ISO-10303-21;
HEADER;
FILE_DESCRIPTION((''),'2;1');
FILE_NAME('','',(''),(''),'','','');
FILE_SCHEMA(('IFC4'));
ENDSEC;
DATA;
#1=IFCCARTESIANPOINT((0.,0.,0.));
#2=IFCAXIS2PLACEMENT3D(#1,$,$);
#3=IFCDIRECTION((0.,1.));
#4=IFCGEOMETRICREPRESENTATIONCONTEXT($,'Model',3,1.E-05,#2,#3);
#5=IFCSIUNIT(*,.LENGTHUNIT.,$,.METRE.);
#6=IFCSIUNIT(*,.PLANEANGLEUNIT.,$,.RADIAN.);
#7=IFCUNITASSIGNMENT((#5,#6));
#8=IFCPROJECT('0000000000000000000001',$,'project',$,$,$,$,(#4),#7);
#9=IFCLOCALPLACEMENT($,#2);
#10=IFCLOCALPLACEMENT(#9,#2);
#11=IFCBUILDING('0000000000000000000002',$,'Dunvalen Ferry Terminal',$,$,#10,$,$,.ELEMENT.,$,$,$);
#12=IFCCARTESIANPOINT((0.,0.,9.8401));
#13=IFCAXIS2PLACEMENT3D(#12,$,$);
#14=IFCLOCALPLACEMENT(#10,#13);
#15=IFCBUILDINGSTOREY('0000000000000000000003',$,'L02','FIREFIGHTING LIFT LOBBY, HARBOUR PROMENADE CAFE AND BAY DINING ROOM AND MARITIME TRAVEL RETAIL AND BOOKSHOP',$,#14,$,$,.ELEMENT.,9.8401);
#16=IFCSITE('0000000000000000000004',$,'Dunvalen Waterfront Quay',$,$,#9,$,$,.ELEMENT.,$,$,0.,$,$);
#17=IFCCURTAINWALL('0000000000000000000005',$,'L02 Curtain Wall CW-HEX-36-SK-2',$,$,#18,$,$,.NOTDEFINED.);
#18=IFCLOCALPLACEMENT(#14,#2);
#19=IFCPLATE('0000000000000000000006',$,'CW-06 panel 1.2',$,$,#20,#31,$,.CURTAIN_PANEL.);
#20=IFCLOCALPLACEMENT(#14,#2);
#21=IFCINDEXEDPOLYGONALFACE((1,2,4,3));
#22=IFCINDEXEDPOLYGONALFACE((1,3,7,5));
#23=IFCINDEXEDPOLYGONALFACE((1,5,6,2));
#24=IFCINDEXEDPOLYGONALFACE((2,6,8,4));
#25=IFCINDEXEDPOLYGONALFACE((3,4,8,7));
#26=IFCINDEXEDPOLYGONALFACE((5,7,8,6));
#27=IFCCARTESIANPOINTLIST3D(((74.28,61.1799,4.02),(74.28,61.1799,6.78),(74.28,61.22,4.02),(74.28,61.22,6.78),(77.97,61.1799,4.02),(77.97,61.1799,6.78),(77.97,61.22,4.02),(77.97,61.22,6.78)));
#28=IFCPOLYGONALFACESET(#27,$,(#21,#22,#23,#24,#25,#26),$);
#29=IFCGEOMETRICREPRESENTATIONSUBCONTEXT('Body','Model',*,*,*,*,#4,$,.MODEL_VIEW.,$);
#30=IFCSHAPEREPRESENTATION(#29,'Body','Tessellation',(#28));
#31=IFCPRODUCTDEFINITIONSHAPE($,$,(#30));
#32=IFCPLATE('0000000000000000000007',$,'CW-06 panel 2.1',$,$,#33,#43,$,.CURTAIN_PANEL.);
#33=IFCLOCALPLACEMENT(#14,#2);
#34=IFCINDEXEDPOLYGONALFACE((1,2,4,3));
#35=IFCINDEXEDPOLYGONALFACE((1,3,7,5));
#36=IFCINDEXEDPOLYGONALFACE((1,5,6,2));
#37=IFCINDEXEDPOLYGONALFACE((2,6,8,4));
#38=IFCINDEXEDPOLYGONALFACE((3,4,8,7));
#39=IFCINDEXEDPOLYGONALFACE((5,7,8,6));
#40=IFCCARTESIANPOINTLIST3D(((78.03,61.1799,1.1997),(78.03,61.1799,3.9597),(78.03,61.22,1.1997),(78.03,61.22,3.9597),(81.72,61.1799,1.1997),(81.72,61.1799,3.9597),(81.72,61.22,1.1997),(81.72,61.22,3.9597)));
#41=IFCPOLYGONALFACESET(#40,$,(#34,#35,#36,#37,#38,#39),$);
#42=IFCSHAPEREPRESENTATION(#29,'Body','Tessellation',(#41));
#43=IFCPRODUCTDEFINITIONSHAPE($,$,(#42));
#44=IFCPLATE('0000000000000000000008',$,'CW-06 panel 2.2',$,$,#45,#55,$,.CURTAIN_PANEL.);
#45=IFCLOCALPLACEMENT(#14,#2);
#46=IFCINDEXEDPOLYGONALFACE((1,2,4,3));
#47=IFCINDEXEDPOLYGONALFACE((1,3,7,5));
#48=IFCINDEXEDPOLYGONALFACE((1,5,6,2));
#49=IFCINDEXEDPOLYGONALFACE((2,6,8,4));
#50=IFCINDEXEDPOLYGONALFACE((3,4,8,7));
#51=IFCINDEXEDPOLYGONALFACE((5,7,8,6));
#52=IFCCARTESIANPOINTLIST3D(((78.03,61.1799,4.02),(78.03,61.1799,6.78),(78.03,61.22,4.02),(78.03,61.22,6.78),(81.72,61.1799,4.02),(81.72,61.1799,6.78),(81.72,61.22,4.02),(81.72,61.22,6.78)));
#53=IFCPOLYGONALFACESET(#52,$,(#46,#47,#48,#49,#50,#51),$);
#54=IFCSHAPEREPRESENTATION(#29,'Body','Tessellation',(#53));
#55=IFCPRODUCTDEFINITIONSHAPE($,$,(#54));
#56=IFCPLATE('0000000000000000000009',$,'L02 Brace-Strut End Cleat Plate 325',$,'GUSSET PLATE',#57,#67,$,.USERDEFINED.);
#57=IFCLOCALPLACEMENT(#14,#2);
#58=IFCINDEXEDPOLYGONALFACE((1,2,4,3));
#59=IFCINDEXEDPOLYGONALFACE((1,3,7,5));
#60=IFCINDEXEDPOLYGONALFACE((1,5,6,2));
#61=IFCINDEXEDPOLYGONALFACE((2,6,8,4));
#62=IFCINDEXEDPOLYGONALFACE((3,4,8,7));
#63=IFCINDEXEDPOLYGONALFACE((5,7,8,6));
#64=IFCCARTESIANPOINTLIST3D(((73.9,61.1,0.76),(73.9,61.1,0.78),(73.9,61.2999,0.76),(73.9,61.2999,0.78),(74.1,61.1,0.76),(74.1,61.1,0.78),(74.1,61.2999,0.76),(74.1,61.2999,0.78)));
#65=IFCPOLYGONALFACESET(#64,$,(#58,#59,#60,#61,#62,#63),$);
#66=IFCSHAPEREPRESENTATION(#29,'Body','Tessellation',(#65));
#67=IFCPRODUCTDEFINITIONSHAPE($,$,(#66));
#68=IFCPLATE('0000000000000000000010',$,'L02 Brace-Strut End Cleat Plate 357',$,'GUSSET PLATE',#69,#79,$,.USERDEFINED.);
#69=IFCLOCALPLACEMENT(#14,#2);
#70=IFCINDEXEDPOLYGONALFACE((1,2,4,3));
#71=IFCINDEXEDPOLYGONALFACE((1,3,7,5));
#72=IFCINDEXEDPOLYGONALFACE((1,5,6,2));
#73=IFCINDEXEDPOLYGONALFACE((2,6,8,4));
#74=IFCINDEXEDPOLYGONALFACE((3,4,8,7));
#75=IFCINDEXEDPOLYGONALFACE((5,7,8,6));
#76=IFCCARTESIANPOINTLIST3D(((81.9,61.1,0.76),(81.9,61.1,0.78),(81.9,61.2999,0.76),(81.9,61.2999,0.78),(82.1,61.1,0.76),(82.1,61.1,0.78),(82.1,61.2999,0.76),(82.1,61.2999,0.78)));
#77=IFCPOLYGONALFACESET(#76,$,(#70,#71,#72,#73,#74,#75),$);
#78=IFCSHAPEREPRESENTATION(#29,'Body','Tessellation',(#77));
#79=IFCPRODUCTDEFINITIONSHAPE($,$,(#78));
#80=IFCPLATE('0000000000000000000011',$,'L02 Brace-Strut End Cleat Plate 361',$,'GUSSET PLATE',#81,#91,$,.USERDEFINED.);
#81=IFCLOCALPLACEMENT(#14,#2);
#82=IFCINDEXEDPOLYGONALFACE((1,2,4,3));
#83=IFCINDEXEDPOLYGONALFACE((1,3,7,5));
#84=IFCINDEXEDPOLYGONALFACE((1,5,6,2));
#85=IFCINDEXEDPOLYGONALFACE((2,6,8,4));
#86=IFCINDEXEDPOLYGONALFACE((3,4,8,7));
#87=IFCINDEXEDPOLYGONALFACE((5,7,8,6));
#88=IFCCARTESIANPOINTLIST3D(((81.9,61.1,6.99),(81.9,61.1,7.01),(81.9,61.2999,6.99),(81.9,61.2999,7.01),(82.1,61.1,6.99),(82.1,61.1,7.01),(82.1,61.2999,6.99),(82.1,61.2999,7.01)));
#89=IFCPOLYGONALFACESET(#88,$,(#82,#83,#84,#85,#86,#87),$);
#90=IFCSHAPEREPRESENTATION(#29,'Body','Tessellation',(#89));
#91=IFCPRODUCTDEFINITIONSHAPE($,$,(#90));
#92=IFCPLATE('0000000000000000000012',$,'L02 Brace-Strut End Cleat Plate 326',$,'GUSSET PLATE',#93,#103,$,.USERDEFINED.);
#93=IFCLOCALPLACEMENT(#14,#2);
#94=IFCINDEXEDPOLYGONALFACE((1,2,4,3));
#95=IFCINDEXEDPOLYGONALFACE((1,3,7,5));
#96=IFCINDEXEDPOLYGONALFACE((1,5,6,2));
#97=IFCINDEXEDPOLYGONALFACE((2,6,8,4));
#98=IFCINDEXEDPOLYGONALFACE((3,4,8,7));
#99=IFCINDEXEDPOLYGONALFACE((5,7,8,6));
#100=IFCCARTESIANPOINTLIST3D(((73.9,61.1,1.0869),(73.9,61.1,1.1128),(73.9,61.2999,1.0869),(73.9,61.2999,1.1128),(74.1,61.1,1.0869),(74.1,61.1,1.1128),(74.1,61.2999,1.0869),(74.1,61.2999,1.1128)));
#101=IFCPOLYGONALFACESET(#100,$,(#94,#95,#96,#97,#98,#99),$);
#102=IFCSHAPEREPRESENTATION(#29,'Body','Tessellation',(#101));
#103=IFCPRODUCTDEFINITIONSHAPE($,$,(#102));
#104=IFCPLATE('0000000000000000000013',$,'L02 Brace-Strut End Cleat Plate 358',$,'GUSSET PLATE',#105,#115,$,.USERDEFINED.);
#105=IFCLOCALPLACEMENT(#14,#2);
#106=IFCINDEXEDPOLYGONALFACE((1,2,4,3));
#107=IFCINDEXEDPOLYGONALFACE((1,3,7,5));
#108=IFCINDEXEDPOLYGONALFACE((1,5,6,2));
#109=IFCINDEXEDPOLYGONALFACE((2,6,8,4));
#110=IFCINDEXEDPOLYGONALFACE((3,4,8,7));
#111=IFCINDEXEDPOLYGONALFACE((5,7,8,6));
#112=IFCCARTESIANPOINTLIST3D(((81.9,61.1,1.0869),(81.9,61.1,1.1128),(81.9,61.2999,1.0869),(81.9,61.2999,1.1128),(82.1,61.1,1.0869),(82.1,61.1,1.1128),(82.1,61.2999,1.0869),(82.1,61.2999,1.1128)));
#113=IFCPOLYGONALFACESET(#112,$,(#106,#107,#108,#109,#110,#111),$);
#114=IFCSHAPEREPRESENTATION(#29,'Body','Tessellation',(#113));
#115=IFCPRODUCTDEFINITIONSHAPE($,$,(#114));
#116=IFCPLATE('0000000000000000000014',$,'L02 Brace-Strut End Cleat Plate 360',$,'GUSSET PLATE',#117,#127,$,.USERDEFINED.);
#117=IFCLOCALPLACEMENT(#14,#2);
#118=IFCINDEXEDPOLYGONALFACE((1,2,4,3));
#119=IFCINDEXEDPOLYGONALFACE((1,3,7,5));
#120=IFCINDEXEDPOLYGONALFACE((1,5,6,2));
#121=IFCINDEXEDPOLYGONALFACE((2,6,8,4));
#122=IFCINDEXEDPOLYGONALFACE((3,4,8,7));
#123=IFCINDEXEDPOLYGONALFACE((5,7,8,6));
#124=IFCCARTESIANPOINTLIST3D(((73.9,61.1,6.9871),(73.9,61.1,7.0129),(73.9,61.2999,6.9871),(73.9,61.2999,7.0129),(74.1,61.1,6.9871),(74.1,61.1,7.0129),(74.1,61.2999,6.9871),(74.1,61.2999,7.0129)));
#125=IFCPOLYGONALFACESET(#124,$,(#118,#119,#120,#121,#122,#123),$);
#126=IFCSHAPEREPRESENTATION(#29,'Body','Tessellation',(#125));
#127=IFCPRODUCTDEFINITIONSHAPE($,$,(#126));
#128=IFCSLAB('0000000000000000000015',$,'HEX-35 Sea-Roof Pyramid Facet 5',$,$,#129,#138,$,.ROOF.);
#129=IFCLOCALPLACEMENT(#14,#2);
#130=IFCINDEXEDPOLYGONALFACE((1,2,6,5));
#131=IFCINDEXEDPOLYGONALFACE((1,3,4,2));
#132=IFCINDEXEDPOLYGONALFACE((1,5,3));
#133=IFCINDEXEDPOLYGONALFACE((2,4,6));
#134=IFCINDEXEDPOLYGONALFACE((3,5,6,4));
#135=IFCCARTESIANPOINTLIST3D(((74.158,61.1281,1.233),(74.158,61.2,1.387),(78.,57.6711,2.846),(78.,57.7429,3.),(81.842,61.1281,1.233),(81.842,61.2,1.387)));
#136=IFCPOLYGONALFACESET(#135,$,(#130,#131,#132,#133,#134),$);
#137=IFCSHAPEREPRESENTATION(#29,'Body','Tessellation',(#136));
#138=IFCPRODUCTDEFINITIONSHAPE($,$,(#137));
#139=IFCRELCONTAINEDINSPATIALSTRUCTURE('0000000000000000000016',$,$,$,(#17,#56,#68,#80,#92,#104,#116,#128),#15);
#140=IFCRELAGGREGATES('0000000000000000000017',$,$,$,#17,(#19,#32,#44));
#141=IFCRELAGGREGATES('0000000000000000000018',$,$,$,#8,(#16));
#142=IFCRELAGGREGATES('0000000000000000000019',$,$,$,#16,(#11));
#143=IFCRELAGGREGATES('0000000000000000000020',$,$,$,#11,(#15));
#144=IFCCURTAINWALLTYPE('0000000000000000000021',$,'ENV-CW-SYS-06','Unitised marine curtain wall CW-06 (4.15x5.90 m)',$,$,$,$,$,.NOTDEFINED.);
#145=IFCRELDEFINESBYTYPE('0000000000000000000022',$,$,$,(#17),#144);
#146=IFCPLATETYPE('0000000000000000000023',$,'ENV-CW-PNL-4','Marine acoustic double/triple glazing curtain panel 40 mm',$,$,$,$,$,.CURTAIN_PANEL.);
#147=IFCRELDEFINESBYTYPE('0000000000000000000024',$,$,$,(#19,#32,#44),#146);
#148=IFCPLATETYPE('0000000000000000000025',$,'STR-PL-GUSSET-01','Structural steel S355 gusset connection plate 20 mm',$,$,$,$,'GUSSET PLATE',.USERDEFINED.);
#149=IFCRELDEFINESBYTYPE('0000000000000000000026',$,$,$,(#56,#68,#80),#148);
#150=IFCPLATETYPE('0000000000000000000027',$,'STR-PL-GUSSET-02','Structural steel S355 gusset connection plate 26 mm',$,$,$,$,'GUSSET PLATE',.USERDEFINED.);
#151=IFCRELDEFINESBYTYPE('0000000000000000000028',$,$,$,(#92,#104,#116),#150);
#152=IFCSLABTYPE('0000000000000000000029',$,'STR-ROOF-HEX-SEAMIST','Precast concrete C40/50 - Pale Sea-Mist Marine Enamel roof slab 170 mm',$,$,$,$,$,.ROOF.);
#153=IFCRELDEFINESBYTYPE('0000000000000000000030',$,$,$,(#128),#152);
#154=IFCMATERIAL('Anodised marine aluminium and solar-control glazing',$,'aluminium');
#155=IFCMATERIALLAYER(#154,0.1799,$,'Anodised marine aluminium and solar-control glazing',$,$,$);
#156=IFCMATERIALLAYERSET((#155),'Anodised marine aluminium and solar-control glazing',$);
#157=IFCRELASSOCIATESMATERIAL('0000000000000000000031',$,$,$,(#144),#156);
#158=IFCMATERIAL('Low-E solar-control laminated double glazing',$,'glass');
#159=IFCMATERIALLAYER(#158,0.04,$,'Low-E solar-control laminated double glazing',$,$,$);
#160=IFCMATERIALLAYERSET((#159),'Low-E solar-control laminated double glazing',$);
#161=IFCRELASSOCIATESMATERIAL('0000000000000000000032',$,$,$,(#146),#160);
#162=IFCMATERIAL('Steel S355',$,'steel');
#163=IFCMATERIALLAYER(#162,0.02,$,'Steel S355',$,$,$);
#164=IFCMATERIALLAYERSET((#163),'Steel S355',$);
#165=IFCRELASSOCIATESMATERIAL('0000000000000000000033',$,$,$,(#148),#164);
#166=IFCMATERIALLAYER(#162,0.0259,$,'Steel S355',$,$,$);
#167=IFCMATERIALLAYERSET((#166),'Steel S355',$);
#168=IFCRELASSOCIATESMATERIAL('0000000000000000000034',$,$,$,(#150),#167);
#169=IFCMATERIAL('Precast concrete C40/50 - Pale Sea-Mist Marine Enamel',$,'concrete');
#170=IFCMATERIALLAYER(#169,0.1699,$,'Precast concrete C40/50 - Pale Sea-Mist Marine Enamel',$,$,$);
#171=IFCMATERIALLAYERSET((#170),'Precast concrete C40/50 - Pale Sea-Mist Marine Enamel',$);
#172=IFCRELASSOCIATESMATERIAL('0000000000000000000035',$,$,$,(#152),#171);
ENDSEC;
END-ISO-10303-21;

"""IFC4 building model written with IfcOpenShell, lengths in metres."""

from ifc_helpers import new_model, si_unit, direction, frame, origin, origin_2d, place, context, subcontext, project, spatial, polyline, rectangle, outline, extrude, material, layer, layer_set, type_object, element, aggregate, save


model = new_model("IFC4")

# Units and contexts
model_context = context("Model", 3, precision=1e-05, world=origin(), true_north=direction((0.0, 1.0)))
body_context = subcontext(model_context, "Body", "Model", "MODEL_VIEW")
ifc_project = project(units=[si_unit("LENGTHUNIT", "METRE"), si_unit("PLANEANGLEUNIT", "RADIAN")], contexts=[model_context])

# Site, building, storey
site_placement = place(None, origin())
site = spatial("IfcSite", under=ifc_project, at=site_placement, Name="Dunvalen Waterfront Quay", CompositionType="ELEMENT", RefElevation=0.0)
building_placement = place(site_placement, origin())
building = spatial("IfcBuilding", under=site, at=building_placement, Name="Dunvalen Ferry Terminal", CompositionType="ELEMENT")
storey_placement = place(building_placement, frame((0.0, 0.0, 9.8401)))
storey = spatial("IfcBuildingStorey", under=building, at=storey_placement, Name="L02", Description="FIREFIGHTING LIFT LOBBY, HARBOUR PROMENADE CAFE AND BAY DINING ROOM AND MARITIME TRAVEL RETAIL AND BOOKSHOP", CompositionType="ELEMENT", Elevation=9.8401)

# Curtain wall
ifc_material_1 = material(Name="Anodised marine aluminium and solar-control glazing", Category="aluminium")
ifc_layer_1 = layer(ifc_material_1, 0.1799, Name="Anodised marine aluminium and solar-control glazing")
ifc_layer_set_1 = layer_set([ifc_layer_1], Name="Anodised marine aluminium and solar-control glazing")
curtain_wall_type = type_object("IfcCurtainWallType", Name="ENV-CW-SYS-06", Description="Unitised marine curtain wall CW-06 (4.15x5.90 m)", PredefinedType="NOTDEFINED", material=ifc_layer_set_1)
curtain_wall_placement = place(storey_placement, origin())
curtain_wall = element("IfcCurtainWall", 1, at=curtain_wall_placement, inside=storey, type_object=curtain_wall_type, Name="L02 Curtain Wall CW-HEX-36-SK-2", PredefinedType="NOTDEFINED")

# Shared definitions
ifc_material_2 = material(Name="Steel S355", Category="steel")

# Plates
ifc_material_3 = material(Name="Low-E solar-control laminated double glazing", Category="glass")
ifc_layer_2 = layer(ifc_material_3, 0.04, Name="Low-E solar-control laminated double glazing")
ifc_layer_set_2 = layer_set([ifc_layer_2], Name="Low-E solar-control laminated double glazing")
plate_type_1 = type_object("IfcPlateType", Name="ENV-CW-PNL-4", Description="Marine acoustic double/triple glazing curtain panel 40 mm", PredefinedType="CURTAIN_PANEL", material=ifc_layer_set_2)
plate_1_placement = place(storey_placement, frame((76.125, 61.2, 4.02), z_axis=(0.0, 0.0, 1.0), x_axis=(1.0, 0.0, 0.0)))
plate_1 = element("IfcPlate", 2, at=plate_1_placement, type_object=plate_type_1, Name="CW-06 panel 1.2", PredefinedType="CURTAIN_PANEL", context=body_context, shape_type="SweptSolid", body=[
    extrude(rectangle(XDim=3.6899, YDim=0.04, at=origin_2d()), origin(), (0.0, 0.0, 1.0), 2.76),
])
plate_2_placement = place(storey_placement, frame((79.875, 61.2, 1.1997), z_axis=(0.0, 0.0, 1.0), x_axis=(1.0, 0.0, 0.0)))
plate_2 = element("IfcPlate", 3, at=plate_2_placement, type_object=plate_type_1, Name="CW-06 panel 2.1", PredefinedType="CURTAIN_PANEL", context=body_context, shape_type="SweptSolid", body=[
    extrude(rectangle(XDim=3.6899, YDim=0.04, at=origin_2d()), origin(), (0.0, 0.0, 1.0), 2.76),
])
plate_3_placement = place(storey_placement, frame((79.875, 61.2, 4.02), z_axis=(0.0, 0.0, 1.0), x_axis=(1.0, 0.0, 0.0)))
plate_3 = element("IfcPlate", 4, at=plate_3_placement, type_object=plate_type_1, Name="CW-06 panel 2.2", PredefinedType="CURTAIN_PANEL", context=body_context, shape_type="SweptSolid", body=[
    extrude(rectangle(XDim=3.6899, YDim=0.04, at=origin_2d()), origin(), (0.0, 0.0, 1.0), 2.76),
])
aggregate(curtain_wall, [plate_1, plate_2, plate_3])

# Plates
ifc_layer_3 = layer(ifc_material_2, 0.02, Name="Steel S355")
ifc_layer_set_3 = layer_set([ifc_layer_3], Name="Steel S355")
plate_type_2 = type_object("IfcPlateType", Name="STR-PL-GUSSET-01", Description="Structural steel S355 gusset connection plate 20 mm", ElementType="GUSSET PLATE", PredefinedType="USERDEFINED", material=ifc_layer_set_3)
for number, where, z_axis, x_axis, name in (
    (5, (74.0, 61.2, 0.76), (0.0, 0.0, 1.0), (1.0, 0.0, 0.0), "L02 Brace-Strut End Cleat Plate 325"),
    (6, (82.0, 61.2, 0.76), (0.0, 0.0, 1.0), (1.0, 0.0, 0.0), "L02 Brace-Strut End Cleat Plate 357"),
    (7, (82.0, 61.2, 6.99), (0.0, 0.0, 1.0), (1.0, 0.0, 0.0), "L02 Brace-Strut End Cleat Plate 361"),
):
    element("IfcPlate", number, at=place(storey_placement, frame(where, z_axis=z_axis, x_axis=x_axis)), inside=storey, type_object=plate_type_2, Name=name, ObjectType="GUSSET PLATE", PredefinedType="USERDEFINED", context=body_context, shape_type="SweptSolid", body=[
        extrude(rectangle(XDim=0.2, YDim=0.2, at=origin_2d()), origin(), (0.0, 0.0, 1.0), 0.02),
    ])
ifc_layer_4 = layer(ifc_material_2, 0.0259, Name="Steel S355")
ifc_layer_set_4 = layer_set([ifc_layer_4], Name="Steel S355")
plate_type_3 = type_object("IfcPlateType", Name="STR-PL-GUSSET-02", Description="Structural steel S355 gusset connection plate 26 mm", ElementType="GUSSET PLATE", PredefinedType="USERDEFINED", material=ifc_layer_set_4)
for number, where, z_axis, x_axis, name in (
    (8, (74.0, 61.2, 1.0869), (0.0, 0.0, 1.0), (1.0, 0.0, 0.0), "L02 Brace-Strut End Cleat Plate 326"),
    (9, (82.0, 61.2, 1.0869), (0.0, 0.0, 1.0), (1.0, 0.0, 0.0), "L02 Brace-Strut End Cleat Plate 358"),
    (10, (74.0, 61.2, 6.9871), (0.0, 0.0, 1.0), (1.0, 0.0, 0.0), "L02 Brace-Strut End Cleat Plate 360"),
):
    element("IfcPlate", number, at=place(storey_placement, frame(where, z_axis=z_axis, x_axis=x_axis)), inside=storey, type_object=plate_type_3, Name=name, ObjectType="GUSSET PLATE", PredefinedType="USERDEFINED", context=body_context, shape_type="SweptSolid", body=[
        extrude(rectangle(XDim=0.2, YDim=0.2, at=origin_2d()), origin(), (0.0, 0.0, 1.0), 0.0259),
    ])

# Slab
ifc_material_4 = material(Name="Precast concrete C40/50 - Pale Sea-Mist Marine Enamel", Category="concrete")
ifc_layer_5 = layer(ifc_material_4, 0.1699, Name="Precast concrete C40/50 - Pale Sea-Mist Marine Enamel")
ifc_layer_set_5 = layer_set([ifc_layer_5], Name="Precast concrete C40/50 - Pale Sea-Mist Marine Enamel")
slab_type = type_object("IfcSlabType", Name="STR-ROOF-HEX-SEAMIST", Description="Precast concrete C40/50 - Pale Sea-Mist Marine Enamel roof slab 170 mm", PredefinedType="ROOF", material=ifc_layer_set_5)
slab_placement = place(storey_placement, frame((81.842, 61.2, 1.387), z_axis=(0.0, 0.422833, 0.906208), x_axis=(-1.0, 0.0, 0.0)))
element("IfcSlab", 11, at=slab_placement, inside=storey, type_object=slab_type, Name="HEX-35 Sea-Roof Pyramid Facet 5", PredefinedType="ROOF", context=body_context, shape_type="SweptSolid", body=[
    extrude(outline(polyline([(0.0, 0.0), (7.6841, 0.0), (3.842, 3.8148), (0.0, 0.0)])), origin(), (0.0, 0.0, -1.0), 0.1699),
])

save(model, "model.ifc")
